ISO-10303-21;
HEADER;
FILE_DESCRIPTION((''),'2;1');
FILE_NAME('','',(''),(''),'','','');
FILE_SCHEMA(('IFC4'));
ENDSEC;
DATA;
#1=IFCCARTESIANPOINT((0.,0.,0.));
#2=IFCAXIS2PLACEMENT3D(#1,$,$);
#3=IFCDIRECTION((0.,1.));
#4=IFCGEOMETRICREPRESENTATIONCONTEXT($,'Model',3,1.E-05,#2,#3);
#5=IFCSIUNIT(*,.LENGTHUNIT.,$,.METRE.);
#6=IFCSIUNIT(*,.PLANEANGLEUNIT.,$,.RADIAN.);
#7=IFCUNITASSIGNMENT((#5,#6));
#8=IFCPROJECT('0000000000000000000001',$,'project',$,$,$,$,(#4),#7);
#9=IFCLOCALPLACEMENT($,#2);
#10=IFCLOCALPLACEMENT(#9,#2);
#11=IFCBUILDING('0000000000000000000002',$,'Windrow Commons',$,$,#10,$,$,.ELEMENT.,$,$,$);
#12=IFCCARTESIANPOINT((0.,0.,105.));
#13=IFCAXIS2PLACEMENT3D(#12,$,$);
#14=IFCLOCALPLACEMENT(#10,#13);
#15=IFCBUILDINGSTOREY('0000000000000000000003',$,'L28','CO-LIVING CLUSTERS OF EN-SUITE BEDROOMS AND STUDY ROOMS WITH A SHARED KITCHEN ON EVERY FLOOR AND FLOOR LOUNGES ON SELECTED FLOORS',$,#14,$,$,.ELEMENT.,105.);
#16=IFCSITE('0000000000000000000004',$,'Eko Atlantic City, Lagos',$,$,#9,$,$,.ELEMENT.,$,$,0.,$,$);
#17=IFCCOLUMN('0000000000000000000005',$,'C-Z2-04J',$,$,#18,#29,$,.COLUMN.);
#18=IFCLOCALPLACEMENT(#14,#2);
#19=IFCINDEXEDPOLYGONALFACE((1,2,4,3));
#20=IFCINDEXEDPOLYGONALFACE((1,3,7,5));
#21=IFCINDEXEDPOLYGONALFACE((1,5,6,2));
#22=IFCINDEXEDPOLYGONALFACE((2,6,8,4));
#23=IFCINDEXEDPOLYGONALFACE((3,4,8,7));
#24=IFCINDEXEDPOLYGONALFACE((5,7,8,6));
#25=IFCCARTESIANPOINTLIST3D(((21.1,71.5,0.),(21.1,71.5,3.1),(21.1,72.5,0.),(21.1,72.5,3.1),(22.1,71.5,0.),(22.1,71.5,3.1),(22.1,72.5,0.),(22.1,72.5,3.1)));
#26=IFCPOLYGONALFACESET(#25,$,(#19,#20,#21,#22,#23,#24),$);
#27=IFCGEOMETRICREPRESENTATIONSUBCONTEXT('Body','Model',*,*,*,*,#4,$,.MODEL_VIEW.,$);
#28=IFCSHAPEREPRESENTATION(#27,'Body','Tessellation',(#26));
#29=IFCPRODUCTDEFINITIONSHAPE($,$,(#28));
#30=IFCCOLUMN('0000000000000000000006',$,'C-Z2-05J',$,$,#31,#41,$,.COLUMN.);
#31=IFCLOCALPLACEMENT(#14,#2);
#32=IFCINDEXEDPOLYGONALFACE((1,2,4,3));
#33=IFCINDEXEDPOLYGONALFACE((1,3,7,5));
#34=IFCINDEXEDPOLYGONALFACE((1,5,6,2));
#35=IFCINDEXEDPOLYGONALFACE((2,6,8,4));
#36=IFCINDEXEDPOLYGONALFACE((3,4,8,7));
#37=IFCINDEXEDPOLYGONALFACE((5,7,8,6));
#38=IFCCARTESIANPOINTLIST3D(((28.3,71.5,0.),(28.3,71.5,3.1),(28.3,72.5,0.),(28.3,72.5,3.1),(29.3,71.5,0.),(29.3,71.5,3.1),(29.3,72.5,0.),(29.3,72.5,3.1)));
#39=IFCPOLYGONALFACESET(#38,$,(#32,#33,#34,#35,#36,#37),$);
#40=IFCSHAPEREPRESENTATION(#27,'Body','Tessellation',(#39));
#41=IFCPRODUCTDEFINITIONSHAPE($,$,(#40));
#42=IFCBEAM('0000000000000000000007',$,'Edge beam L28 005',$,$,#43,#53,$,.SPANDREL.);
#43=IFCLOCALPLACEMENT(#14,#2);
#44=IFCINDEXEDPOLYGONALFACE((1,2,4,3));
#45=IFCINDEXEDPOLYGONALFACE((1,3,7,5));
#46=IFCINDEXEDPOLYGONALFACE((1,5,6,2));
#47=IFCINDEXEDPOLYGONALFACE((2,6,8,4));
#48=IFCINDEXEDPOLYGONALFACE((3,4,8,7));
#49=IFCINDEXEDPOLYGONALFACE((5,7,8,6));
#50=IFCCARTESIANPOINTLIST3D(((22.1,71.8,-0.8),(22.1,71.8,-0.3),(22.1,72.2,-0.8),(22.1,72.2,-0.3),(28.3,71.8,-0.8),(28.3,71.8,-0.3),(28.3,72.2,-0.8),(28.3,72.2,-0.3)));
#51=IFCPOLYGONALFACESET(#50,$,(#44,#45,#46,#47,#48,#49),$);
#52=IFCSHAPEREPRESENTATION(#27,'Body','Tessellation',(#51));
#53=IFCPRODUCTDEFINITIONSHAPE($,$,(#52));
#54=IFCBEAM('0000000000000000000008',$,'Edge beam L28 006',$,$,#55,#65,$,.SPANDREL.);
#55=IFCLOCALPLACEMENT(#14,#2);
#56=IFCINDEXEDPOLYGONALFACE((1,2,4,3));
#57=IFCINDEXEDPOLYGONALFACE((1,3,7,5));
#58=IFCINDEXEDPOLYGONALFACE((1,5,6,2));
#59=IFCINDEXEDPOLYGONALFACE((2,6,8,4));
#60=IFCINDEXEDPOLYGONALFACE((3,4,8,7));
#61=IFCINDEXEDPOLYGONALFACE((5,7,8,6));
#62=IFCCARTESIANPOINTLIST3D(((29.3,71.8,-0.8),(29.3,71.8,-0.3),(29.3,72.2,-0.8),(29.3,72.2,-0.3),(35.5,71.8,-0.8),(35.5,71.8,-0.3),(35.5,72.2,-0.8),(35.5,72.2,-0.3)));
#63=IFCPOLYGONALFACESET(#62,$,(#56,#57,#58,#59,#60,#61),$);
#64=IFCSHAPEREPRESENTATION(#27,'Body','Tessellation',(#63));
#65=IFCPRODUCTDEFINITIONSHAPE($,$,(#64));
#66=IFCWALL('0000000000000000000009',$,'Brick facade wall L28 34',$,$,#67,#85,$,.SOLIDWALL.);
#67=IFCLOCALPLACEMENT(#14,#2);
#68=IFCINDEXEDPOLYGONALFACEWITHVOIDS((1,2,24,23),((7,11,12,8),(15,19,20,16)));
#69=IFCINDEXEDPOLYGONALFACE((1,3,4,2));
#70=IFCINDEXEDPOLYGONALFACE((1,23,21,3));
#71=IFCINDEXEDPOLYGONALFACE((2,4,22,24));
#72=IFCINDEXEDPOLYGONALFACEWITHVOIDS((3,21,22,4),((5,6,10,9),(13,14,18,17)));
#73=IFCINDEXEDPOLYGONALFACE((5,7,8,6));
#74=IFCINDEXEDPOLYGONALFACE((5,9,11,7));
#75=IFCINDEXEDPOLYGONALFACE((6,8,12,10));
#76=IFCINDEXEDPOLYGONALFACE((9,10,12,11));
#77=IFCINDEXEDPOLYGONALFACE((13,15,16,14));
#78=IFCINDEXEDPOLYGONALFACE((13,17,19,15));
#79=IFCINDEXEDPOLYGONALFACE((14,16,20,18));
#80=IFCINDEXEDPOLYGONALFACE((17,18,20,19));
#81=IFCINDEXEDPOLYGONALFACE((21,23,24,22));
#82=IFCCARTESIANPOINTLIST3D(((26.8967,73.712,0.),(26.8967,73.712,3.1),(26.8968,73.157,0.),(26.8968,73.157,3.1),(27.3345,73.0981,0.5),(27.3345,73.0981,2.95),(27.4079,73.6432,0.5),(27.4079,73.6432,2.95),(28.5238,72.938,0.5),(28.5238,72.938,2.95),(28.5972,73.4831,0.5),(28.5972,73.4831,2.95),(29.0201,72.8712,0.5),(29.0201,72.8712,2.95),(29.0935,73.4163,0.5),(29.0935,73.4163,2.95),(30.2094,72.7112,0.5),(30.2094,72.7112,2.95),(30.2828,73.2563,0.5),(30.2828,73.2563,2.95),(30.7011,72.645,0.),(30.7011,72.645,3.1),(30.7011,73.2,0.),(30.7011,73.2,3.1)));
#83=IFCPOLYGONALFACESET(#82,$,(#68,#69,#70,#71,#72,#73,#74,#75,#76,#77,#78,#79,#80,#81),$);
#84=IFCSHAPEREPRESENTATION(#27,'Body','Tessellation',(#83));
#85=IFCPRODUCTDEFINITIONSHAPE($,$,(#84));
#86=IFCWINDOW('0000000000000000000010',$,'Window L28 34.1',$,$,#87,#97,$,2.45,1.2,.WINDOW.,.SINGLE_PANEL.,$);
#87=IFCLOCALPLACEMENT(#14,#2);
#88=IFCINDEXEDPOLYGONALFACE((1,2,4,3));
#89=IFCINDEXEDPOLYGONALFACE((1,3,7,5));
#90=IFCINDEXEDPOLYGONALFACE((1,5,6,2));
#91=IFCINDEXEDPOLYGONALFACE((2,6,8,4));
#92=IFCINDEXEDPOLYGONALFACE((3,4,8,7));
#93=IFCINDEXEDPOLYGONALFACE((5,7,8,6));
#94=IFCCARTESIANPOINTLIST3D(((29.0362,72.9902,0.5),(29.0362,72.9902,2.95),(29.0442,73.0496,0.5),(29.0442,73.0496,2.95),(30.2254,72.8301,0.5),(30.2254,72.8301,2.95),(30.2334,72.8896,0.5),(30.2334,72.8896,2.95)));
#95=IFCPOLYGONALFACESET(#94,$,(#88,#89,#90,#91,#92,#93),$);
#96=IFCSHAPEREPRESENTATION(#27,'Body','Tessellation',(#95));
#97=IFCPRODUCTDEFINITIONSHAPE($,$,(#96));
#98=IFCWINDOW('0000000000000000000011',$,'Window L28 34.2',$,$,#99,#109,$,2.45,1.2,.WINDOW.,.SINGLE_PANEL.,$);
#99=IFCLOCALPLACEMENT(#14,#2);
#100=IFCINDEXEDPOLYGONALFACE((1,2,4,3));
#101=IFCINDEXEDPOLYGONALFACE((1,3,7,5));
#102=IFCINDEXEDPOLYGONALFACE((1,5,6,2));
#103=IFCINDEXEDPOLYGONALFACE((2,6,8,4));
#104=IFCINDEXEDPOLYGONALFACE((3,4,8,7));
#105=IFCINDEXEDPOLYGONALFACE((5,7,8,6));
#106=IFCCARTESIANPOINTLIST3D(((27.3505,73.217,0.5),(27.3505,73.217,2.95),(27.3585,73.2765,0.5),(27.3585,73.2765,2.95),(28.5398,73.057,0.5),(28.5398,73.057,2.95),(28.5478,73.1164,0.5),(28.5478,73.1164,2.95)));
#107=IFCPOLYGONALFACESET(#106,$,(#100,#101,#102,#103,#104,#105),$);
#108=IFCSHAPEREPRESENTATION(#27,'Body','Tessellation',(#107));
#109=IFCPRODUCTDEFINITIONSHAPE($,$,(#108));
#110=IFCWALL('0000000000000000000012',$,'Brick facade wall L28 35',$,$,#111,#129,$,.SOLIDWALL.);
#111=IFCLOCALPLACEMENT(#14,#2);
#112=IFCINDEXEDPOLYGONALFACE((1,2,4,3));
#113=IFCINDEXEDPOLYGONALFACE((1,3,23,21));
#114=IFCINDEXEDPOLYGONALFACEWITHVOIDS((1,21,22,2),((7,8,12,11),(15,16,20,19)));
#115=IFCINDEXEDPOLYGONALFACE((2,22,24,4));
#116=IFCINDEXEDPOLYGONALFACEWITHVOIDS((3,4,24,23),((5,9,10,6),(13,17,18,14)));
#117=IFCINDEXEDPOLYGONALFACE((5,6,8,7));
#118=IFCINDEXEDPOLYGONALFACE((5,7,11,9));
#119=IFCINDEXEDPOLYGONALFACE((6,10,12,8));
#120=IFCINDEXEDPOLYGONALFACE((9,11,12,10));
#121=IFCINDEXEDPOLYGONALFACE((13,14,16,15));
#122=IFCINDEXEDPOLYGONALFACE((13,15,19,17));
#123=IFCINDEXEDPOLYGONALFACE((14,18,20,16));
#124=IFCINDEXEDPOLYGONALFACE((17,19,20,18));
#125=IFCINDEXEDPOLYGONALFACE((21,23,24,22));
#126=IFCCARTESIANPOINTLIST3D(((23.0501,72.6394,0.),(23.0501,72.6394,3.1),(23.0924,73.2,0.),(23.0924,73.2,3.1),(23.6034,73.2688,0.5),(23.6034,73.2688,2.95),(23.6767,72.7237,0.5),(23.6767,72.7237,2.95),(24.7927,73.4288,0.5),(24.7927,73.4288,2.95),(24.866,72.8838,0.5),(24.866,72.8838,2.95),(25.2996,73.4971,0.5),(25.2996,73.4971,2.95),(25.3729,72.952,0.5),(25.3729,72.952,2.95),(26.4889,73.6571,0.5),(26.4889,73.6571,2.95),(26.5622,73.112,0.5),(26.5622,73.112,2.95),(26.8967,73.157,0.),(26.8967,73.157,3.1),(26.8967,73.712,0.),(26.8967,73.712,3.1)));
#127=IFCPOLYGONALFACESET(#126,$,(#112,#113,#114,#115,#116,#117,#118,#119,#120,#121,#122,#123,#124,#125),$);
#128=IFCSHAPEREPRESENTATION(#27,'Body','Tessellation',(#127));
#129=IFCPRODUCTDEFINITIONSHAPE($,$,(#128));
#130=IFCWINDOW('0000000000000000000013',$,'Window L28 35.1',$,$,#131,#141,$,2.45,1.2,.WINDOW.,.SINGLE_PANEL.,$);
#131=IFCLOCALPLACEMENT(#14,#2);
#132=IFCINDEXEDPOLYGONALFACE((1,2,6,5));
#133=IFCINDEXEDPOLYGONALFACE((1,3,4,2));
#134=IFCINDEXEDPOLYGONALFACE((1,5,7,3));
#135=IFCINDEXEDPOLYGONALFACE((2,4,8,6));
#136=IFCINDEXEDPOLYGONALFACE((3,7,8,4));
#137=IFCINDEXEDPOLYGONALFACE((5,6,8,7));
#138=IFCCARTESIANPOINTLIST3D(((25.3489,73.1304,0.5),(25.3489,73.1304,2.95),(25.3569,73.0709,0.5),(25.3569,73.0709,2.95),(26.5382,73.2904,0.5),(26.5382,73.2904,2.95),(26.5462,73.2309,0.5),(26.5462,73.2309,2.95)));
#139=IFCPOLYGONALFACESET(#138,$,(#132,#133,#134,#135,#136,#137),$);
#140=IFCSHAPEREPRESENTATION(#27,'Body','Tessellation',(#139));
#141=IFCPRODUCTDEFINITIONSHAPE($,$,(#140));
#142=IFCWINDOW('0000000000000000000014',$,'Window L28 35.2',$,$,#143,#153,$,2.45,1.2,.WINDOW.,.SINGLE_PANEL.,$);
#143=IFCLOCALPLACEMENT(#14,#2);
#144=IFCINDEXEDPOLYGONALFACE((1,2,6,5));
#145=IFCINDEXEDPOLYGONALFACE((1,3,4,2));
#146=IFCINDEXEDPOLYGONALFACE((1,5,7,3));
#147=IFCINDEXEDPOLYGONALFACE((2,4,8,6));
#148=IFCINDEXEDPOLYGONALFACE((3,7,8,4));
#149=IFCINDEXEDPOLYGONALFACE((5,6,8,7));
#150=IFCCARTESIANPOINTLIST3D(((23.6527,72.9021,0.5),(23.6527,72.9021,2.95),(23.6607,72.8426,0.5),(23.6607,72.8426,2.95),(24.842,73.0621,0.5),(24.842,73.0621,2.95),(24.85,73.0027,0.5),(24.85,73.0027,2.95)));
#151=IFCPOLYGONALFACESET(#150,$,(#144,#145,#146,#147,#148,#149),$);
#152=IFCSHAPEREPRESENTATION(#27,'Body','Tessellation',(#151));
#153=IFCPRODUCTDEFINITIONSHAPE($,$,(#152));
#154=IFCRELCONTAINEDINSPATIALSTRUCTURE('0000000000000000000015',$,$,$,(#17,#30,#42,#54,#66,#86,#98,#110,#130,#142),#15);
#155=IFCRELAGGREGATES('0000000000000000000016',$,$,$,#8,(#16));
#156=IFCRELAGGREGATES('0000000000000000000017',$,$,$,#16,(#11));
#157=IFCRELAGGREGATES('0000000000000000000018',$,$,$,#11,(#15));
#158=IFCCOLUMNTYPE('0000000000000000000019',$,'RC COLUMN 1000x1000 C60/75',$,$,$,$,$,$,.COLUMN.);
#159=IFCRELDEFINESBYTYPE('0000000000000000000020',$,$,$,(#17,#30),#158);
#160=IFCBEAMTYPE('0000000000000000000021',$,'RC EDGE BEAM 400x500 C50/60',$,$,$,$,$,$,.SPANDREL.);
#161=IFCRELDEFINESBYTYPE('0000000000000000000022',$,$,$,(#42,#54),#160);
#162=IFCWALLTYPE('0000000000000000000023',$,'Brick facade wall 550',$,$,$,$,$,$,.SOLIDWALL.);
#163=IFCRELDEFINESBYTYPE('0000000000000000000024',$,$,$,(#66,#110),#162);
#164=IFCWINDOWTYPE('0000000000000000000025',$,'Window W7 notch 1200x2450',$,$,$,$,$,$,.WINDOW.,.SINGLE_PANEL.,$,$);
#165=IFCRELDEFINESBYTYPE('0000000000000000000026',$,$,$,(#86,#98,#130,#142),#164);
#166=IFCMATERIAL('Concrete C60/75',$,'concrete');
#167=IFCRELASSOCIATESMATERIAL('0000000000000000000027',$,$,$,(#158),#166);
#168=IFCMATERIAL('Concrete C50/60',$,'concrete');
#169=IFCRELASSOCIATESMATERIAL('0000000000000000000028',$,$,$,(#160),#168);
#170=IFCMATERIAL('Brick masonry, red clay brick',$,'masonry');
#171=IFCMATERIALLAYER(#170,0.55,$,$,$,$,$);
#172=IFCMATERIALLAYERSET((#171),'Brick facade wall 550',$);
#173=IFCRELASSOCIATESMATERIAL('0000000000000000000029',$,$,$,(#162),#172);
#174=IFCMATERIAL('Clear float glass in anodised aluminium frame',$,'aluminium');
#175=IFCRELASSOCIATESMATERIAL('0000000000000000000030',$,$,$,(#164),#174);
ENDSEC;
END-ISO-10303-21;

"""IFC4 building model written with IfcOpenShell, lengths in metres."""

from ifc_helpers import new_model, si_unit, direction, frame, frame_2d, origin, origin_2d, place, context, subcontext, project, spatial, polyline, rectangle, outline, extrude, material, layer, layer_set, material_profile, profile_set, type_object, element, fill, save


model = new_model("IFC4")

# Units and contexts
model_context = context("Model", 3, precision=1e-05, world=origin(), true_north=direction((0.0, 1.0)))
body_context = subcontext(model_context, "Body", "Model", "MODEL_VIEW")
ifc_project = project(units=[si_unit("LENGTHUNIT", "METRE"), si_unit("PLANEANGLEUNIT", "RADIAN")], contexts=[model_context])

# Site, building, storey
site_placement = place(None, origin())
site = spatial("IfcSite", under=ifc_project, at=site_placement, Name="Eko Atlantic City, Lagos", CompositionType="ELEMENT", RefElevation=0.0)
building_placement = place(site_placement, origin())
building = spatial("IfcBuilding", under=site, at=building_placement, Name="Windrow Commons", CompositionType="ELEMENT")
storey_placement = place(building_placement, frame((0.0, 0.0, 105.0)))
storey = spatial("IfcBuildingStorey", under=building, at=storey_placement, Name="L28", Description="CO-LIVING CLUSTERS OF EN-SUITE BEDROOMS AND STUDY ROOMS WITH A SHARED KITCHEN ON EVERY FLOOR AND FLOOR LOUNGES ON SELECTED FLOORS", CompositionType="ELEMENT", Elevation=105.0)

# Columns
ifc_material_1 = material(Name="Concrete C60/75", Category="concrete")
ifc_material_profile_1 = material_profile(ifc_material_1, rectangle(XDim=1.0, YDim=1.0, at=origin_2d()))
ifc_profile_set_1 = profile_set([ifc_material_profile_1], Name="Concrete C60/75")
column_type = type_object("IfcColumnType", Name="RC COLUMN 1000x1000 C60/75", PredefinedType="COLUMN", material=ifc_profile_set_1)
for number, where, z_axis, x_axis, name in (
    (1, (21.6, 72.0, 0.0), (0.0, 0.0, 1.0), (1.0, 0.0, 0.0), "C-Z2-04J"),
    (2, (28.8, 72.0, 0.0), (0.0, 0.0, 1.0), (1.0, 0.0, 0.0), "C-Z2-05J"),
):
    element("IfcColumn", number, at=place(storey_placement, frame(where, z_axis=z_axis, x_axis=x_axis)), inside=storey, type_object=column_type, Name=name, PredefinedType="COLUMN", context=body_context, shape_type="SweptSolid", body=[
        extrude(rectangle(XDim=1.0, YDim=1.0, at=origin_2d()), origin(), (0.0, 0.0, 1.0), 3.1),
    ])

# Beams
ifc_material_2 = material(Name="Concrete C50/60", Category="concrete")
ifc_material_profile_2 = material_profile(ifc_material_2, rectangle(XDim=0.4, YDim=0.5, at=origin_2d()))
ifc_profile_set_2 = profile_set([ifc_material_profile_2], Name="Concrete C50/60")
beam_type = type_object("IfcBeamType", Name="RC EDGE BEAM 400x500 C50/60", PredefinedType="SPANDREL", material=ifc_profile_set_2)
for number, where, z_axis, x_axis, name in (
    (3, (22.1, 72.0, -0.55), (1.0, 0.0, 0.0), (0.0, 1.0, 0.0), "Edge beam L28 005"),
    (4, (29.3, 72.0, -0.55), (1.0, 0.0, 0.0), (0.0, 1.0, 0.0), "Edge beam L28 006"),
):
    element("IfcBeam", number, at=place(storey_placement, frame(where, z_axis=z_axis, x_axis=x_axis)), inside=storey, type_object=beam_type, Name=name, PredefinedType="SPANDREL", context=body_context, shape_type="SweptSolid", body=[
        extrude(rectangle(XDim=0.4, YDim=0.5, at=origin_2d()), origin(), (0.0, 0.0, 1.0), 6.2),
    ])

# Walls, openings, windows
ifc_material_3 = material(Name="Brick masonry, red clay brick", Category="masonry")
ifc_layer_1 = layer(ifc_material_3, 0.55)
ifc_layer_set_1 = layer_set([ifc_layer_1], Name="Brick facade wall 550")
wall_type_1 = type_object("IfcWallType", Name="Brick facade wall 550", PredefinedType="SOLIDWALL", material=ifc_layer_set_1)
wall_1_placement = place(storey_placement, frame((30.7011, 72.9225, 0.0), z_axis=(0.0, 0.0, 1.0), x_axis=(-0.991065, 0.133379, 0.0)))
wall_1 = element("IfcWall", 5, at=wall_1_placement, inside=storey, type_object=wall_type_1, Name="Brick facade wall L28 34", PredefinedType="SOLIDWALL", context=body_context, shape_type="SweptSolid", body=[
    extrude(outline(polyline([(0.037, -0.275), (3.8757, -0.275), (3.8016, 0.275), (-0.037, 0.275), (0.037, -0.275)])), origin(), (0.0, 0.0, 1.0), 3.1),
])
opening_1_placement = place(wall_1_placement, frame((0.4591, 0.0, 0.5)))
opening_1 = element("IfcOpeningElement", 6, at=opening_1_placement, cuts=wall_1, PredefinedType="OPENING", context=body_context, shape_type="SweptSolid", body=[
    extrude(rectangle(XDim=1.2, YDim=2.45, at=frame_2d((0.6, 1.225))), frame((0.0, 0.285, 0.0), z_axis=(0.0, -1.0, 0.0), x_axis=(1.0, 0.0, 0.0)), (0.0, 0.0, 1.0), 0.57),
])
opening_2_placement = place(wall_1_placement, frame((2.1599, 0.0, 0.5)))
opening_2 = element("IfcOpeningElement", 7, at=opening_2_placement, cuts=wall_1, PredefinedType="OPENING", context=body_context, shape_type="SweptSolid", body=[
    extrude(rectangle(XDim=1.2, YDim=2.45, at=frame_2d((0.6, 1.225))), frame((0.0, 0.285, 0.0), z_axis=(0.0, -1.0, 0.0), x_axis=(1.0, 0.0, 0.0)), (0.0, 0.0, 1.0), 0.57),
])
ifc_material_4 = material(Name="Clear float glass in anodised aluminium frame", Category="aluminium")
window_type_1 = type_object("IfcWindowType", Name="Window W7 notch 1200x2450", PartitioningType="SINGLE_PANEL", PredefinedType="WINDOW", material=ifc_material_4)
window_1_placement = place(opening_1_placement, origin())
window_1 = element("IfcWindow", 8, at=window_1_placement, inside=storey, type_object=window_type_1, Name="Window L28 34.1", OverallHeight=2.45, OverallWidth=1.2, PartitioningType="SINGLE_PANEL", PredefinedType="WINDOW", context=body_context, shape_type="SweptSolid", body=[
    extrude(rectangle(XDim=1.2, YDim=2.45, at=frame_2d((0.6, 1.225))), frame((0.0, 0.155, 0.0), z_axis=(0.0, -1.0, 0.0), x_axis=(1.0, 0.0, 0.0)), (0.0, 0.0, 1.0), 0.06),
])
fill(opening_1, window_1)
window_2_placement = place(opening_2_placement, origin())
window_2 = element("IfcWindow", 9, at=window_2_placement, inside=storey, type_object=window_type_1, Name="Window L28 34.2", OverallHeight=2.45, OverallWidth=1.2, PartitioningType="SINGLE_PANEL", PredefinedType="WINDOW", context=body_context, shape_type="SweptSolid", body=[
    extrude(rectangle(XDim=1.2, YDim=2.45, at=frame_2d((0.6, 1.225))), frame((0.0, 0.155, 0.0), z_axis=(0.0, -1.0, 0.0), x_axis=(1.0, 0.0, 0.0)), (0.0, 0.0, 1.0), 0.06),
])
fill(opening_2, window_2)
wall_2_placement = place(storey_placement, frame((26.8967, 73.4345, 0.0), z_axis=(0.0, 0.0, 1.0), x_axis=(-0.991067, -0.133368, 0.0)))
wall_2 = element("IfcWall", 10, at=wall_2_placement, inside=storey, type_object=wall_type_1, Name="Brick facade wall L28 35", PredefinedType="SOLIDWALL", context=body_context, shape_type="SweptSolid", body=[
    extrude(outline(polyline([(-0.037, -0.275), (3.8016, -0.275), (3.9183, 0.275), (0.037, 0.275), (-0.037, -0.275)])), origin(), (0.0, 0.0, 1.0), 3.1),
])
opening_3_placement = place(wall_2_placement, frame((0.3745, 0.0, 0.5)))
opening_3 = element("IfcOpeningElement", 11, at=opening_3_placement, cuts=wall_2, PredefinedType="OPENING", context=body_context, shape_type="SweptSolid", body=[
    extrude(rectangle(XDim=1.2, YDim=2.45, at=frame_2d((0.6, 1.225))), frame((0.0, 0.285, 0.0), z_axis=(0.0, -1.0, 0.0), x_axis=(1.0, 0.0, 0.0)), (0.0, 0.0, 1.0), 0.57),
])
opening_4_placement = place(wall_2_placement, frame((2.086, 0.0, 0.5)))
opening_4 = element("IfcOpeningElement", 12, at=opening_4_placement, cuts=wall_2, PredefinedType="OPENING", context=body_context, shape_type="SweptSolid", body=[
    extrude(rectangle(XDim=1.2, YDim=2.45, at=frame_2d((0.6, 1.225))), frame((0.0, 0.285, 0.0), z_axis=(0.0, -1.0, 0.0), x_axis=(1.0, 0.0, 0.0)), (0.0, 0.0, 1.0), 0.57),
])
window_3_placement = place(opening_3_placement, origin())
window_3 = element("IfcWindow", 13, at=window_3_placement, inside=storey, type_object=window_type_1, Name="Window L28 35.1", OverallHeight=2.45, OverallWidth=1.2, PartitioningType="SINGLE_PANEL", PredefinedType="WINDOW", context=body_context, shape_type="SweptSolid", body=[
    extrude(rectangle(XDim=1.2, YDim=2.45, at=frame_2d((0.6, 1.225))), frame((0.0, 0.155, 0.0), z_axis=(0.0, -1.0, 0.0), x_axis=(1.0, 0.0, 0.0)), (0.0, 0.0, 1.0), 0.06),
])
fill(opening_3, window_3)
window_4_placement = place(opening_4_placement, origin())
window_4 = element("IfcWindow", 14, at=window_4_placement, inside=storey, type_object=window_type_1, Name="Window L28 35.2", OverallHeight=2.45, OverallWidth=1.2, PartitioningType="SINGLE_PANEL", PredefinedType="WINDOW", context=body_context, shape_type="SweptSolid", body=[
    extrude(rectangle(XDim=1.2, YDim=2.45, at=frame_2d((0.6, 1.225))), frame((0.0, 0.155, 0.0), z_axis=(0.0, -1.0, 0.0), x_axis=(1.0, 0.0, 0.0)), (0.0, 0.0, 1.0), 0.06),
])
fill(opening_4, window_4)

save(model, "model.ifc")
